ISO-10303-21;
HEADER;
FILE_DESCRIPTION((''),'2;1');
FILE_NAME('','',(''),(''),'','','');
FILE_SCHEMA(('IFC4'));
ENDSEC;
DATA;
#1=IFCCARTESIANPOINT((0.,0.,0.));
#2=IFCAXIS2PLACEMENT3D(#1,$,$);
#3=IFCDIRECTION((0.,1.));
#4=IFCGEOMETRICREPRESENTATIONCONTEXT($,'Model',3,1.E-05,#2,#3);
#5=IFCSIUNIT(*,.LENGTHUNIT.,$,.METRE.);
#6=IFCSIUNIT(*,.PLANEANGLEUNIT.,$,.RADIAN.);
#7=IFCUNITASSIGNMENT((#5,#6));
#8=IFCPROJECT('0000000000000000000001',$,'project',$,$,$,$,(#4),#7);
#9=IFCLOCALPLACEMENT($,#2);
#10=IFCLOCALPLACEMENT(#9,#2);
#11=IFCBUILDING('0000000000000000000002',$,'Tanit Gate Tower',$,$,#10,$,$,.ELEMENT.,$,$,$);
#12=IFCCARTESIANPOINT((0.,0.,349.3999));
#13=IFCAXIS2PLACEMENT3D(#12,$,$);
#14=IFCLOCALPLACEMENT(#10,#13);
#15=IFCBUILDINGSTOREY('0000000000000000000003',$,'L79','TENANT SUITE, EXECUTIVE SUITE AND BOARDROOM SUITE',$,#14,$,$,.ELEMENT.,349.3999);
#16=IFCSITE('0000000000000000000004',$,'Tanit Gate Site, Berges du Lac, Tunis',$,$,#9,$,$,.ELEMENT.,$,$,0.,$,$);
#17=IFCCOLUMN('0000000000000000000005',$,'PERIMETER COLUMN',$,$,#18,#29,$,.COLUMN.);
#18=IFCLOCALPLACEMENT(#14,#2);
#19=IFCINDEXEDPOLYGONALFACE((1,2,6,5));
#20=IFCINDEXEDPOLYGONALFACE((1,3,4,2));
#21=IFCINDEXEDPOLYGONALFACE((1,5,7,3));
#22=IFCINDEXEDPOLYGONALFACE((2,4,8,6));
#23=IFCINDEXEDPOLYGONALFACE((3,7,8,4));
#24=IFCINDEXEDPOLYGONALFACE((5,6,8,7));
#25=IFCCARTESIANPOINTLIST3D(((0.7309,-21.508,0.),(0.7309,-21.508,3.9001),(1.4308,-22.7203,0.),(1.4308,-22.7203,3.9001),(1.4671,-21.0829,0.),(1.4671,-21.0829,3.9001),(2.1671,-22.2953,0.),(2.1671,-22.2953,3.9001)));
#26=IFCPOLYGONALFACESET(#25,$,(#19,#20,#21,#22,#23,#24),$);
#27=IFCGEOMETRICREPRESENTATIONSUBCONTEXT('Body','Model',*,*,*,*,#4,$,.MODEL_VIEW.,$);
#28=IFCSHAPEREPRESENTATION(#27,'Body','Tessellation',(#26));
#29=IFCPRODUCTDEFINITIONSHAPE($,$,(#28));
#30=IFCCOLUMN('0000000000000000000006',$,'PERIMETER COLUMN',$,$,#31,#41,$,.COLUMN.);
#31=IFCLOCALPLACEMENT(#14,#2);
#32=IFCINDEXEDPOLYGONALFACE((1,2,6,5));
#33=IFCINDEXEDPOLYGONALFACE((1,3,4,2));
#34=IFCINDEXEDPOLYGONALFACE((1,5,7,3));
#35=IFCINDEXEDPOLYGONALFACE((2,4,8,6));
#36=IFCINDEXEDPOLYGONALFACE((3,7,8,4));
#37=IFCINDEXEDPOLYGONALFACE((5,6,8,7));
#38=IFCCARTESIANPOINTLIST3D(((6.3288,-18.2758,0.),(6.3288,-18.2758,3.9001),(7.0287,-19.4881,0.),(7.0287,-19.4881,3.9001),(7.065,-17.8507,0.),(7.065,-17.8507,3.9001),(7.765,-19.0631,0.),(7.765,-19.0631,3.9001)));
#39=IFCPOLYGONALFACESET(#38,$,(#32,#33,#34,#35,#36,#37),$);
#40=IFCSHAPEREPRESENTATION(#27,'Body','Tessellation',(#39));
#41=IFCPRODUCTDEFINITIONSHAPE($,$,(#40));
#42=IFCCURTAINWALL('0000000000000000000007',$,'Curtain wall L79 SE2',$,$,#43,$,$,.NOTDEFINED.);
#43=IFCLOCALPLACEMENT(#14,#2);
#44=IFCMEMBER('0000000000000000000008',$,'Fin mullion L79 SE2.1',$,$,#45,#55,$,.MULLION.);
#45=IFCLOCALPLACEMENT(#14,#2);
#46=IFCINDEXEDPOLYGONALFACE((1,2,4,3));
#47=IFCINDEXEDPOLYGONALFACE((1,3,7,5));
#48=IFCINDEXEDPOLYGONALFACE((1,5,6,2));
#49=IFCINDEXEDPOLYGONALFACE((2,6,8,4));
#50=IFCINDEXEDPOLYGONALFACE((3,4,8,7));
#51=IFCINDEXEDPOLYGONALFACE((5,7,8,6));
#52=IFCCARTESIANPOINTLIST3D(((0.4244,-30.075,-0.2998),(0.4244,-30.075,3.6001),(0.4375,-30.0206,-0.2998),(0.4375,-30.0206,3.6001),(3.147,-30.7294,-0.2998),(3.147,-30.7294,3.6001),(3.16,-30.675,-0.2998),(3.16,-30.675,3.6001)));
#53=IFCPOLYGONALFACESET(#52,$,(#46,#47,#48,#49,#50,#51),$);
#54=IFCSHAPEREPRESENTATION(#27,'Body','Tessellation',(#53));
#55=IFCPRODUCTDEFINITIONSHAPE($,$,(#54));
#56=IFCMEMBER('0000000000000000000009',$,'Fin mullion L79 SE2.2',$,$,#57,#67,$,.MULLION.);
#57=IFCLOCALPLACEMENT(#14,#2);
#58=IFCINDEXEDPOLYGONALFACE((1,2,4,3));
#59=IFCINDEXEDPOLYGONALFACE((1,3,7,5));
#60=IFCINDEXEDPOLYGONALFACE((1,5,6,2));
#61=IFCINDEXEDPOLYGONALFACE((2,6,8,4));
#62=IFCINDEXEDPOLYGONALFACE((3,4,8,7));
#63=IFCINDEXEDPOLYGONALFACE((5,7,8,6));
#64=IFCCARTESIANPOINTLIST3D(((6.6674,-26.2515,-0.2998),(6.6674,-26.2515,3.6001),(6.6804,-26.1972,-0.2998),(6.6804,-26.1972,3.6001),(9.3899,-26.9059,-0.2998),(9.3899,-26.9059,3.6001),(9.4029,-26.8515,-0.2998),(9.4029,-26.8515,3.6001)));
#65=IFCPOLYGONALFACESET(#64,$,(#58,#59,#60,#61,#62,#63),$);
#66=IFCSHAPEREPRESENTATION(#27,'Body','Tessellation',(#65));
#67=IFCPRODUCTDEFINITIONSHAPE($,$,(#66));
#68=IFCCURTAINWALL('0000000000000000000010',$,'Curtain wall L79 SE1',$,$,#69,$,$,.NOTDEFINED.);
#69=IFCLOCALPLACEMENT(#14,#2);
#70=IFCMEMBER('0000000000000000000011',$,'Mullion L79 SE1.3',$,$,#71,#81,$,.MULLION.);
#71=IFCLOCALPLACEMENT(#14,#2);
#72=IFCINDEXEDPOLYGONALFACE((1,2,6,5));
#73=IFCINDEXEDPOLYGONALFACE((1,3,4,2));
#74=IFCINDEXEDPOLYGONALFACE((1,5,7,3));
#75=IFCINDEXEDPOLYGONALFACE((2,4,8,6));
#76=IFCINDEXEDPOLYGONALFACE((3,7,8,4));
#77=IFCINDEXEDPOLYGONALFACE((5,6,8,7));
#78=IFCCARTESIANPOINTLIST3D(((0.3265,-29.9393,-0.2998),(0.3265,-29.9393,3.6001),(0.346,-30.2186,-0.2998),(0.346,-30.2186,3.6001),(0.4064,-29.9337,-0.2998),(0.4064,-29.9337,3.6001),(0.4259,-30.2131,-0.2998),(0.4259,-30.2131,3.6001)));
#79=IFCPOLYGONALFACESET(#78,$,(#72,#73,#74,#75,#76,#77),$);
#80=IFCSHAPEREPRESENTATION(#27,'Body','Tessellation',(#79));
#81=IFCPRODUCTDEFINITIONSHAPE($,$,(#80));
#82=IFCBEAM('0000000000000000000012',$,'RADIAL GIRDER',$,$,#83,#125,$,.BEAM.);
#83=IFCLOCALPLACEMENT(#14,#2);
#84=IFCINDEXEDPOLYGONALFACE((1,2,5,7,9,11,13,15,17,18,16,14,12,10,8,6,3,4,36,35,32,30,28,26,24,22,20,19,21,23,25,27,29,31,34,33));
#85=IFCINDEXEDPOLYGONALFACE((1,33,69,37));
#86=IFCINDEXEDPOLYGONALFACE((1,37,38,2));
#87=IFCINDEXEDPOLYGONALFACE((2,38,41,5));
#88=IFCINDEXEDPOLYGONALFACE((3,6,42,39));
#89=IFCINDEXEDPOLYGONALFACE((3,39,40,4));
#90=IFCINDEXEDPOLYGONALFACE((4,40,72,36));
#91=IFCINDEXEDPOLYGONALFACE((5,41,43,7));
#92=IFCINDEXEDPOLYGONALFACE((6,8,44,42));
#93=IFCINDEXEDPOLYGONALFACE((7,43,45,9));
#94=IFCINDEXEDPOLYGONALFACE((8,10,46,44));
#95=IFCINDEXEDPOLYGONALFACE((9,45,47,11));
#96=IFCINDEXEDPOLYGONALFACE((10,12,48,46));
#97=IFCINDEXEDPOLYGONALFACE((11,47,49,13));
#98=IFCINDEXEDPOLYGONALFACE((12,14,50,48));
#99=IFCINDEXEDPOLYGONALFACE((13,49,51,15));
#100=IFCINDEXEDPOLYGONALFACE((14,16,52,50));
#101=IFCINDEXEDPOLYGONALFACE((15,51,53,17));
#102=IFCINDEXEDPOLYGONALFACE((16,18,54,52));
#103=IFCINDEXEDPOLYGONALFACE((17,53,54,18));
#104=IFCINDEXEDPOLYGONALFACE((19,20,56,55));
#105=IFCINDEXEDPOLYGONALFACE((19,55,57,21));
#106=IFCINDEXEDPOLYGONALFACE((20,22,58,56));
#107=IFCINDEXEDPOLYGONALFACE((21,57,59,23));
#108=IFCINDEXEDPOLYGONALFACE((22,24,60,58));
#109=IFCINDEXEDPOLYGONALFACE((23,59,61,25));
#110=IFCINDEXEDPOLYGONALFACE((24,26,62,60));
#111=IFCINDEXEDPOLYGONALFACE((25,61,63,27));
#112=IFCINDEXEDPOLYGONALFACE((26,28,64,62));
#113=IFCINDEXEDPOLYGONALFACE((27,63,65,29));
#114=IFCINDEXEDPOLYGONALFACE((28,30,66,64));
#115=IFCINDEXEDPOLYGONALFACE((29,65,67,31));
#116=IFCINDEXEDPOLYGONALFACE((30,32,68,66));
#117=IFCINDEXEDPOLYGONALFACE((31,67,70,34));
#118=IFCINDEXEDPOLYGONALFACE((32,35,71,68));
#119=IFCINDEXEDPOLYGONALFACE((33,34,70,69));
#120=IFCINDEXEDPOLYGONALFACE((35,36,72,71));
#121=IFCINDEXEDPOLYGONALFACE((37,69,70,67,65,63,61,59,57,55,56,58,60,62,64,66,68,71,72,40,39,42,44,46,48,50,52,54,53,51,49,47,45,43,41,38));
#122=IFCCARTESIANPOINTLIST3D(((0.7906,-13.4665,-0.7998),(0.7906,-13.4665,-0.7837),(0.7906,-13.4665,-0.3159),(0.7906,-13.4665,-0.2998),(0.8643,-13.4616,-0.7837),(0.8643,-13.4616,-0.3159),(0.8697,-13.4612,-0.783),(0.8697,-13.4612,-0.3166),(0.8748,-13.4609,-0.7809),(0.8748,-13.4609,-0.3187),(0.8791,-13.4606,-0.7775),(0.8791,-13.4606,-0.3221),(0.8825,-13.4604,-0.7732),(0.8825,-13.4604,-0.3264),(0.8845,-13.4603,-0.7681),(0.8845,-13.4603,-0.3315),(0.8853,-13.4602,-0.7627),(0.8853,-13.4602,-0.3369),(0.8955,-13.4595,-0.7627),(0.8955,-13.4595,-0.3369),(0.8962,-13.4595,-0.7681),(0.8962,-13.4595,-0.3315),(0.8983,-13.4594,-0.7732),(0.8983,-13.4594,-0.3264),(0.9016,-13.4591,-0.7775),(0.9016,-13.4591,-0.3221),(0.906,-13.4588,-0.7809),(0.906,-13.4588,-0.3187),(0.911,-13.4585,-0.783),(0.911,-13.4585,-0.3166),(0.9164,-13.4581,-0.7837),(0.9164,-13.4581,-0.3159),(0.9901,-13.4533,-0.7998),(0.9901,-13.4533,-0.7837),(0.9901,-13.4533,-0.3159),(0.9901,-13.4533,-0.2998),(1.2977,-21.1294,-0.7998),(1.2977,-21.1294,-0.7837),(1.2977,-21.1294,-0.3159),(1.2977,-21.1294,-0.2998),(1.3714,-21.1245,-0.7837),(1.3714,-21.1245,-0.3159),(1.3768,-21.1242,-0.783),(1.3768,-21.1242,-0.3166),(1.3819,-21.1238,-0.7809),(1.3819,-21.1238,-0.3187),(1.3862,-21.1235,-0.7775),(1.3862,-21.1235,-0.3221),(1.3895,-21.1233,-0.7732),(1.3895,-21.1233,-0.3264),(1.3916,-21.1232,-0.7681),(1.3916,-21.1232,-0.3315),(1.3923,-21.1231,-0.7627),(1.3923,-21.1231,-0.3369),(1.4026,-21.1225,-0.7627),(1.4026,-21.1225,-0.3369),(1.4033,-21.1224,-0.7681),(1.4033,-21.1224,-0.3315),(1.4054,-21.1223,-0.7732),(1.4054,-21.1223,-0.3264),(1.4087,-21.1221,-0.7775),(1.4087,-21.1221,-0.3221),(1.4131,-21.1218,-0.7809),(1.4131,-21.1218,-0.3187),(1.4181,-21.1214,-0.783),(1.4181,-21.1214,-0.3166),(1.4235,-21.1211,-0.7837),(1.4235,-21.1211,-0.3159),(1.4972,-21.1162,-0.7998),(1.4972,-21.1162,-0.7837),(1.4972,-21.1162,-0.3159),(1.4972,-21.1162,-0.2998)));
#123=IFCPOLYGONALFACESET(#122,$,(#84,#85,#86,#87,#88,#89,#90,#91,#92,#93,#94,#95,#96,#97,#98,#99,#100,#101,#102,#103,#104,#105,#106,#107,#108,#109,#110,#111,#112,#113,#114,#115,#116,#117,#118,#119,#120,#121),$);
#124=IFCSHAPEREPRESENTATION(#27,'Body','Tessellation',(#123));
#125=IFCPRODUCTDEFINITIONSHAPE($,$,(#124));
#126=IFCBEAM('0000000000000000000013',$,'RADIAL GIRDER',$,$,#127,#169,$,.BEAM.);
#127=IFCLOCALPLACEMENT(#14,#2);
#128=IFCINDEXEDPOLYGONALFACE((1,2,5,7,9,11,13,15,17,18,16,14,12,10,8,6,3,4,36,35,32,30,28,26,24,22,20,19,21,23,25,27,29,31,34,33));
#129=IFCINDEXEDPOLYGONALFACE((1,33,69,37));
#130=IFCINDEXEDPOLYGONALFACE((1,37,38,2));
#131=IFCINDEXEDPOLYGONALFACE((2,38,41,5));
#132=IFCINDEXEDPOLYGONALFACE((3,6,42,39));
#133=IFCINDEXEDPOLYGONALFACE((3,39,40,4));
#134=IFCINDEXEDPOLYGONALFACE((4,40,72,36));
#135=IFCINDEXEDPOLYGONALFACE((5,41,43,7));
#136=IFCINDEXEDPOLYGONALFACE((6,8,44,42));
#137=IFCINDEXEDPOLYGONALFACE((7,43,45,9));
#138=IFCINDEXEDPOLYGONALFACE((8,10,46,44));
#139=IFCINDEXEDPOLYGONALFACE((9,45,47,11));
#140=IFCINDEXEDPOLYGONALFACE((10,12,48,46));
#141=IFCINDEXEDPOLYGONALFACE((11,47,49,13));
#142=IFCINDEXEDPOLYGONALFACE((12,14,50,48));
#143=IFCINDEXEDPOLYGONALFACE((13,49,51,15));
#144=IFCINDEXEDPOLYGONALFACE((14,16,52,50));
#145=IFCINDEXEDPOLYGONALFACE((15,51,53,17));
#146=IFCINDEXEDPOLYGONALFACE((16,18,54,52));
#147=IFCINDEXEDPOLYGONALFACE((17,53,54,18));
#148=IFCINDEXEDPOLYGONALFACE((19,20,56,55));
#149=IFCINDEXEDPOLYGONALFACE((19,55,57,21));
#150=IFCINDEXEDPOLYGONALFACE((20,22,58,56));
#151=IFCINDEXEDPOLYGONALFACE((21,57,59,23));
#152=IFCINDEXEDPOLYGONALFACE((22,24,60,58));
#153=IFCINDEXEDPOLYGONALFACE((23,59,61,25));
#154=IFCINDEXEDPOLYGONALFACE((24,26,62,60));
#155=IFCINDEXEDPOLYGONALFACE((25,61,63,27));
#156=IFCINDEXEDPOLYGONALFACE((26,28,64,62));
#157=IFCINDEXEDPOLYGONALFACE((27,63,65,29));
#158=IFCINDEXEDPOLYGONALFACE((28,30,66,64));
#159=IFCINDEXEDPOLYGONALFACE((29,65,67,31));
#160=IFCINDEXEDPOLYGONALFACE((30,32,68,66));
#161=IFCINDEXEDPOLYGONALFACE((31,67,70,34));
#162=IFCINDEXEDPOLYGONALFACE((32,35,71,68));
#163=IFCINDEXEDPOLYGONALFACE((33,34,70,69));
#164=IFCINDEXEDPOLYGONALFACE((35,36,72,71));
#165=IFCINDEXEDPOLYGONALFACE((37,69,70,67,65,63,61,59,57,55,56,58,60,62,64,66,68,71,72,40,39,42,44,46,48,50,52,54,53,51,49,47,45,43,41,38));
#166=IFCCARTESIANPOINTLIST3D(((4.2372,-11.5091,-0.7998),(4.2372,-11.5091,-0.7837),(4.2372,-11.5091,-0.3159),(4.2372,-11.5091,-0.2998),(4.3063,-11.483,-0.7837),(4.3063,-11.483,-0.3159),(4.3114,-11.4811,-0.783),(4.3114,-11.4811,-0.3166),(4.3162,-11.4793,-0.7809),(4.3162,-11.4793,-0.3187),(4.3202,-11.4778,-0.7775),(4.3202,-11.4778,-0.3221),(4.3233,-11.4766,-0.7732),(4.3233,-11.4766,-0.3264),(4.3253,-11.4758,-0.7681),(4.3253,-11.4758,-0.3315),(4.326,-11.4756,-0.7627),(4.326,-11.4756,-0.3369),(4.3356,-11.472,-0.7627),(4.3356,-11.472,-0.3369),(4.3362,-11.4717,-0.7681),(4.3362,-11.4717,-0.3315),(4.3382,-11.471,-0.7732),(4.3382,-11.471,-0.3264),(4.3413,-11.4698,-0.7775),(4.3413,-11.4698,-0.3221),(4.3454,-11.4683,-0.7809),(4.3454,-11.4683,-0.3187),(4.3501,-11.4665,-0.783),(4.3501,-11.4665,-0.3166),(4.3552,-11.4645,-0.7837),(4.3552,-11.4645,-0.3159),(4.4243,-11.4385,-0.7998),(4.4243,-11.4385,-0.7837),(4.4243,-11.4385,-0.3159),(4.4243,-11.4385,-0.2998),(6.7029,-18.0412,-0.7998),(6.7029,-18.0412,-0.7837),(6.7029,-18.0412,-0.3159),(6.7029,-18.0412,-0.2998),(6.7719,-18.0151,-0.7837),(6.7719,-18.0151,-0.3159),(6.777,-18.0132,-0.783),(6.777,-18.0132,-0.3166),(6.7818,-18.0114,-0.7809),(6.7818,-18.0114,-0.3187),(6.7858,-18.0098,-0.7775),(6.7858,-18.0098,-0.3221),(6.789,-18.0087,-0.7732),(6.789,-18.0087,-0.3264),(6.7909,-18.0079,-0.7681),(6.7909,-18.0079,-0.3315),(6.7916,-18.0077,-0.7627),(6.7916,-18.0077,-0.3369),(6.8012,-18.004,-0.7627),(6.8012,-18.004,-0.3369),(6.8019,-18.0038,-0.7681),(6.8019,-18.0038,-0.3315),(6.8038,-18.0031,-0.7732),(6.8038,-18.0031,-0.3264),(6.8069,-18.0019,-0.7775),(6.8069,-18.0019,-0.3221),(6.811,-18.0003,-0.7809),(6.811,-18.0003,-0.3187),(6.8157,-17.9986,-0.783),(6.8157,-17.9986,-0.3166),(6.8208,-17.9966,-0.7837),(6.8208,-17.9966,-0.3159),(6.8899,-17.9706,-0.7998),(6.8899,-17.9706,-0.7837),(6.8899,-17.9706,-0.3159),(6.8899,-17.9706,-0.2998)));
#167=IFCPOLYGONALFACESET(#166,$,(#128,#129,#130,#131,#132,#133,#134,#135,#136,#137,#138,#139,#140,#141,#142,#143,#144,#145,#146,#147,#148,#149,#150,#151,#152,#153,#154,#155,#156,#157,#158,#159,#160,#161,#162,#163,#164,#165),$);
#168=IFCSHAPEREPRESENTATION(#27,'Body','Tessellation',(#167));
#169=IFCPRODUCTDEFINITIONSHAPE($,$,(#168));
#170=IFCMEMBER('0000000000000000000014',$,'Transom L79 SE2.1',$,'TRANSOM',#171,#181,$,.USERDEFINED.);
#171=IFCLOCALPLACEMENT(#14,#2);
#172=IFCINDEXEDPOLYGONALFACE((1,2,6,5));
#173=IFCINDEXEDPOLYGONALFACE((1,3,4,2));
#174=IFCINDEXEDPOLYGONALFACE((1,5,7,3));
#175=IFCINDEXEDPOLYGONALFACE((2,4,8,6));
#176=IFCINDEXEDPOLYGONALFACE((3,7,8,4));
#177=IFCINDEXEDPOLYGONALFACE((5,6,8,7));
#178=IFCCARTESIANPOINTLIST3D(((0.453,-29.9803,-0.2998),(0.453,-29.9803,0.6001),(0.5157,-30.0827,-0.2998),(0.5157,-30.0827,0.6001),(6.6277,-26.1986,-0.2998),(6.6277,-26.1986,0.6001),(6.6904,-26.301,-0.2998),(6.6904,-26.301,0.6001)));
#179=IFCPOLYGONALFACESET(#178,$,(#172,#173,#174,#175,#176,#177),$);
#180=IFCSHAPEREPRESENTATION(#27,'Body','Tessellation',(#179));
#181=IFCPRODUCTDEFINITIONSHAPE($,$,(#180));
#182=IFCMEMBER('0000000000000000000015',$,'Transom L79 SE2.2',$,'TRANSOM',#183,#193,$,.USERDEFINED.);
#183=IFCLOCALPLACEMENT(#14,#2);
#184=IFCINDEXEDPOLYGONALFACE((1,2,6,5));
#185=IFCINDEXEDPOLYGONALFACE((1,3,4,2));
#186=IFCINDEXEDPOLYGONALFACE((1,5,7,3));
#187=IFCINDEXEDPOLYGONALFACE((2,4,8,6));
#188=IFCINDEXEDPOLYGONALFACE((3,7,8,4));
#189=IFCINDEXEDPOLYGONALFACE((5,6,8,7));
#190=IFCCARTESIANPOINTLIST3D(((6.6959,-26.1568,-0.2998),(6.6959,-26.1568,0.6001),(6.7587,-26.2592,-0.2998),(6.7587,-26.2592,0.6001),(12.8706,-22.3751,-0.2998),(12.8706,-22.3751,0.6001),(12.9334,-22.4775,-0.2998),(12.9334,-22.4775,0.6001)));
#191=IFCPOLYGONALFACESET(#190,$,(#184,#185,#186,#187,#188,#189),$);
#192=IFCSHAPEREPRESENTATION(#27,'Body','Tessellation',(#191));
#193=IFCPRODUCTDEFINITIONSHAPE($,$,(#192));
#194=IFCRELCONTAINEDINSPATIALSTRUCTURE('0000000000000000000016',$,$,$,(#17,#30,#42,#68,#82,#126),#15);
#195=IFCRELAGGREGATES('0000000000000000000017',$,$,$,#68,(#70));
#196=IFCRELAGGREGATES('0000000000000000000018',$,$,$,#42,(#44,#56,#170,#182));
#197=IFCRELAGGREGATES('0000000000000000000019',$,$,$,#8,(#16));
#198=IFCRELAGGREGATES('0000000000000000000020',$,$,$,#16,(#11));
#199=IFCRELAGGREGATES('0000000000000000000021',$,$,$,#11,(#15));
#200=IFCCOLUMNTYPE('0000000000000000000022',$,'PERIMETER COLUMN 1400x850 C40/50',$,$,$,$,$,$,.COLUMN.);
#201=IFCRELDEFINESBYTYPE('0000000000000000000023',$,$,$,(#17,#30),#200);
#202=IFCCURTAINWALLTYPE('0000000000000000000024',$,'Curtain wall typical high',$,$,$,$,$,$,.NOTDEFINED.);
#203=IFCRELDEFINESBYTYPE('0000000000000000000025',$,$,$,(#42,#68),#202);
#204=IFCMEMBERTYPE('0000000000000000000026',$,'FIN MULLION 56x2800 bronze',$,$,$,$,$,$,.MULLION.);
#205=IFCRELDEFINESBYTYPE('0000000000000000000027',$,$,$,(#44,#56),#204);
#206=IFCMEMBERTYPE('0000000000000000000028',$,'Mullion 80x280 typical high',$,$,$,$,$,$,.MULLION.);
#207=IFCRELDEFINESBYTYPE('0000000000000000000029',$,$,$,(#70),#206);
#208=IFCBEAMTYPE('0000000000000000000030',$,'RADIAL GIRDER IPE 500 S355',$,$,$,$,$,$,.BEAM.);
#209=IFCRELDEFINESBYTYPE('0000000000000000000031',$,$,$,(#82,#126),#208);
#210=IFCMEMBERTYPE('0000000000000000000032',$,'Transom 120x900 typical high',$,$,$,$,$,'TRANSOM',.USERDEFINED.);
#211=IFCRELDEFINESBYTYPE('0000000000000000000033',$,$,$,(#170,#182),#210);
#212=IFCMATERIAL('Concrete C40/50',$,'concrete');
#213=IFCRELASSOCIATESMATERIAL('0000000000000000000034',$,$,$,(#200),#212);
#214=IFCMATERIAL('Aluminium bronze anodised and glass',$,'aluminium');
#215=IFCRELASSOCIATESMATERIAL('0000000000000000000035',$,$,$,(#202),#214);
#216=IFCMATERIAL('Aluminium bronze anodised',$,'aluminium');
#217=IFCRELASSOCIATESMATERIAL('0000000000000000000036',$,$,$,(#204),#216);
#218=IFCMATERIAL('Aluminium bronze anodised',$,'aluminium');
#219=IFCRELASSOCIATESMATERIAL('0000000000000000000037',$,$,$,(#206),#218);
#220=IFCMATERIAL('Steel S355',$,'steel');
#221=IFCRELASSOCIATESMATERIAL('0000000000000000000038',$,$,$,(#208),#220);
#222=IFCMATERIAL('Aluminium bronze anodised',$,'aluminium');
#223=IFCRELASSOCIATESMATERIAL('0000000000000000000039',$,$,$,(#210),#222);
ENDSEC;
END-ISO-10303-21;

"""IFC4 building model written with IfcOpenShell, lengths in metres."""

from ifc_helpers import new_model, si_unit, direction, frame, origin, origin_2d, place, context, subcontext, project, spatial, rectangle, i_section, extrude, material, material_profile, profile_set, type_object, element, aggregate, save


model = new_model("IFC4")

# Units and contexts
model_context = context("Model", 3, precision=1e-05, world=origin(), true_north=direction((0.0, 1.0)))
body_context = subcontext(model_context, "Body", "Model", "MODEL_VIEW")
ifc_project = project(units=[si_unit("LENGTHUNIT", "METRE"), si_unit("PLANEANGLEUNIT", "RADIAN")], contexts=[model_context])

# Site, building, storey
site_placement = place(None, origin())
site = spatial("IfcSite", under=ifc_project, at=site_placement, Name="Tanit Gate Site, Berges du Lac, Tunis", CompositionType="ELEMENT", RefElevation=0.0)
building_placement = place(site_placement, origin())
building = spatial("IfcBuilding", under=site, at=building_placement, Name="Tanit Gate Tower", CompositionType="ELEMENT")
storey_placement = place(building_placement, frame((0.0, 0.0, 349.3999)))
storey = spatial("IfcBuildingStorey", under=building, at=storey_placement, Name="L79", Description="TENANT SUITE, EXECUTIVE SUITE AND BOARDROOM SUITE", CompositionType="ELEMENT", Elevation=349.3999)

# Columns
ifc_material_1 = material(Name="Concrete C40/50", Category="concrete")
ifc_material_profile_1 = material_profile(ifc_material_1, rectangle(XDim=1.3999, YDim=0.8501, at=origin_2d()), Name="RC 1400x850")
ifc_profile_set_1 = profile_set([ifc_material_profile_1], Name="Concrete C40/50")
column_type = type_object("IfcColumnType", Name="PERIMETER COLUMN 1400x850 C40/50", PredefinedType="COLUMN", material=ifc_profile_set_1)
for number, where, z_axis, x_axis, name in (
    (1, (1.449, -21.9016, 0.0), (0.0, 0.0, 1.0), (0.5, -0.866025, 0.0), "PERIMETER COLUMN"),
    (2, (7.0469, -18.6694, 0.0), (0.0, 0.0, 1.0), (0.5, -0.866025, 0.0), "PERIMETER COLUMN"),
):
    element("IfcColumn", number, at=place(storey_placement, frame(where, z_axis=z_axis, x_axis=x_axis)), inside=storey, type_object=column_type, Name=name, PredefinedType="COLUMN", context=body_context, shape_type="SweptSolid", body=[
        extrude(rectangle(XDim=1.3999, YDim=0.8501, at=origin_2d()), origin(), (0.0, 0.0, 1.0), 3.9001),
    ])

# Curtain wall, members
ifc_material_2 = material(Name="Aluminium bronze anodised and glass", Category="aluminium")
curtain_wall_type = type_object("IfcCurtainWallType", Name="Curtain wall typical high", PredefinedType="NOTDEFINED", material=ifc_material_2)
curtain_wall_1_placement = place(storey_placement, origin())
curtain_wall_1 = element("IfcCurtainWall", 3, at=curtain_wall_1_placement, inside=storey, type_object=curtain_wall_type, Name="Curtain wall L79 SE2", PredefinedType="NOTDEFINED")
ifc_material_3 = material(Name="Aluminium bronze anodised", Category="aluminium")
ifc_material_profile_2 = material_profile(ifc_material_3, rectangle(XDim=2.8, YDim=0.0559, at=origin_2d()), Name="56x2800 bronze fin mullion")
ifc_profile_set_2 = profile_set([ifc_material_profile_2], Name="Aluminium bronze anodised")
member_type_1 = type_object("IfcMemberType", Name="FIN MULLION 56x2800 bronze", PredefinedType="MULLION", material=ifc_profile_set_2)
member_1_placement = place(storey_placement, frame((1.7922, -30.375, -0.2998), z_axis=(0.0, 0.0, 1.0), x_axis=(-0.972311, 0.233691, 0.0)))
member_1 = element("IfcMember", 4, at=member_1_placement, type_object=member_type_1, Name="Fin mullion L79 SE2.1", PredefinedType="MULLION", context=body_context, shape_type="SweptSolid", body=[
    extrude(rectangle(XDim=2.8, YDim=0.0559, at=origin_2d()), origin(), (0.0, 0.0, 1.0), 3.8999),
])
member_2_placement = place(storey_placement, frame((8.0352, -26.5515, -0.2998), z_axis=(0.0, 0.0, 1.0), x_axis=(-0.972311, 0.233691, 0.0)))
member_2 = element("IfcMember", 5, at=member_2_placement, type_object=member_type_1, Name="Fin mullion L79 SE2.2", PredefinedType="MULLION", context=body_context, shape_type="SweptSolid", body=[
    extrude(rectangle(XDim=2.8, YDim=0.0559, at=origin_2d()), origin(), (0.0, 0.0, 1.0), 3.8999),
])

# Curtain wall, member
curtain_wall_2_placement = place(storey_placement, origin())
curtain_wall_2 = element("IfcCurtainWall", 6, at=curtain_wall_2_placement, inside=storey, type_object=curtain_wall_type, Name="Curtain wall L79 SE1", PredefinedType="NOTDEFINED")
ifc_material_4 = material(Name="Aluminium bronze anodised", Category="aluminium")
ifc_material_profile_3 = material_profile(ifc_material_4, rectangle(XDim=0.28, YDim=0.0801, at=origin_2d()), Name="80x280 bronze mullion")
ifc_profile_set_3 = profile_set([ifc_material_profile_3], Name="Aluminium bronze anodised")
member_type_2 = type_object("IfcMemberType", Name="Mullion 80x280 typical high", PredefinedType="MULLION", material=ifc_profile_set_3)
member_3_placement = place(storey_placement, frame((0.3762, -30.0762, -0.2998), z_axis=(0.0, 0.0, 1.0), x_axis=(-0.069702, 0.997568, 0.0)))
member_3 = element("IfcMember", 7, at=member_3_placement, type_object=member_type_2, Name="Mullion L79 SE1.3", PredefinedType="MULLION", context=body_context, shape_type="SweptSolid", body=[
    extrude(rectangle(XDim=0.28, YDim=0.0801, at=origin_2d()), origin(), (0.0, 0.0, 1.0), 3.8999),
])

# Beams
ifc_material_5 = material(Name="Steel S355", Category="steel")
ifc_material_profile_4 = material_profile(ifc_material_5, i_section(OverallWidth=0.2, OverallDepth=0.5, WebThickness=0.0103, FlangeThickness=0.0161, FilletRadius=0.021, at=origin_2d()), Name="IPE 500")
ifc_profile_set_4 = profile_set([ifc_material_profile_4], Name="Steel S355")
beam_type = type_object("IfcBeamType", Name="RADIAL GIRDER IPE 500 S355", PredefinedType="BEAM", material=ifc_profile_set_4)
beam_1_placement = place(storey_placement, frame((1.3975, -21.1228, -0.5498), z_axis=(-0.066029, 0.997818, 0.0), x_axis=(-0.997818, -0.066029, 0.0)))
element("IfcBeam", 8, at=beam_1_placement, inside=storey, type_object=beam_type, Name="RADIAL GIRDER", PredefinedType="BEAM", context=body_context, shape_type="SweptSolid", body=[
    extrude(i_section(OverallWidth=0.2, OverallDepth=0.5, WebThickness=0.0103, FlangeThickness=0.0161, FilletRadius=0.021, at=origin_2d()), origin(), (0.0, 0.0, 1.0), 7.6797),
])
beam_2_placement = place(storey_placement, frame((6.7964, -18.0059, -0.5498), z_axis=(-0.353142, 0.93557, 0.0), x_axis=(-0.93557, -0.353142, 0.0)))
element("IfcBeam", 9, at=beam_2_placement, inside=storey, type_object=beam_type, Name="RADIAL GIRDER", PredefinedType="BEAM", context=body_context, shape_type="SweptSolid", body=[
    extrude(i_section(OverallWidth=0.2, OverallDepth=0.5, WebThickness=0.0103, FlangeThickness=0.0161, FilletRadius=0.021, at=origin_2d()), origin(), (0.0, 0.0, 1.0), 6.9819),
])

# Members
ifc_material_6 = material(Name="Aluminium bronze anodised", Category="aluminium")
ifc_material_profile_5 = material_profile(ifc_material_6, rectangle(XDim=0.1201, YDim=0.8999, at=origin_2d()), Name="120x900 bronze transom")
ifc_profile_set_5 = profile_set([ifc_material_profile_5], Name="Aluminium bronze anodised")
member_type_3 = type_object("IfcMemberType", Name="Transom 120x900 typical high", ElementType="TRANSOM", PredefinedType="USERDEFINED", material=ifc_profile_set_5)
member_4_placement = place(storey_placement, frame((0.4844, -30.0315, 0.1501), z_axis=(0.852775, 0.522279, 0.0), x_axis=(-0.522279, 0.852775, 0.0)))
member_4 = element("IfcMember", 10, at=member_4_placement, type_object=member_type_3, Name="Transom L79 SE2.1", ObjectType="TRANSOM", PredefinedType="USERDEFINED", context=body_context, shape_type="SweptSolid", body=[
    extrude(rectangle(XDim=0.1201, YDim=0.8999, at=origin_2d()), origin(), (0.0, 0.0, 1.0), 7.2407),
])
member_5_placement = place(storey_placement, frame((6.7273, -26.208, 0.1501), z_axis=(0.852775, 0.522279, 0.0), x_axis=(-0.522279, 0.852775, 0.0)))
member_5 = element("IfcMember", 11, at=member_5_placement, type_object=member_type_3, Name="Transom L79 SE2.2", ObjectType="TRANSOM", PredefinedType="USERDEFINED", context=body_context, shape_type="SweptSolid", body=[
    extrude(rectangle(XDim=0.1201, YDim=0.8999, at=origin_2d()), origin(), (0.0, 0.0, 1.0), 7.2407),
])

aggregate(curtain_wall_2, [member_3])
aggregate(curtain_wall_1, [member_1, member_2, member_4, member_5])

save(model, "model.ifc")
